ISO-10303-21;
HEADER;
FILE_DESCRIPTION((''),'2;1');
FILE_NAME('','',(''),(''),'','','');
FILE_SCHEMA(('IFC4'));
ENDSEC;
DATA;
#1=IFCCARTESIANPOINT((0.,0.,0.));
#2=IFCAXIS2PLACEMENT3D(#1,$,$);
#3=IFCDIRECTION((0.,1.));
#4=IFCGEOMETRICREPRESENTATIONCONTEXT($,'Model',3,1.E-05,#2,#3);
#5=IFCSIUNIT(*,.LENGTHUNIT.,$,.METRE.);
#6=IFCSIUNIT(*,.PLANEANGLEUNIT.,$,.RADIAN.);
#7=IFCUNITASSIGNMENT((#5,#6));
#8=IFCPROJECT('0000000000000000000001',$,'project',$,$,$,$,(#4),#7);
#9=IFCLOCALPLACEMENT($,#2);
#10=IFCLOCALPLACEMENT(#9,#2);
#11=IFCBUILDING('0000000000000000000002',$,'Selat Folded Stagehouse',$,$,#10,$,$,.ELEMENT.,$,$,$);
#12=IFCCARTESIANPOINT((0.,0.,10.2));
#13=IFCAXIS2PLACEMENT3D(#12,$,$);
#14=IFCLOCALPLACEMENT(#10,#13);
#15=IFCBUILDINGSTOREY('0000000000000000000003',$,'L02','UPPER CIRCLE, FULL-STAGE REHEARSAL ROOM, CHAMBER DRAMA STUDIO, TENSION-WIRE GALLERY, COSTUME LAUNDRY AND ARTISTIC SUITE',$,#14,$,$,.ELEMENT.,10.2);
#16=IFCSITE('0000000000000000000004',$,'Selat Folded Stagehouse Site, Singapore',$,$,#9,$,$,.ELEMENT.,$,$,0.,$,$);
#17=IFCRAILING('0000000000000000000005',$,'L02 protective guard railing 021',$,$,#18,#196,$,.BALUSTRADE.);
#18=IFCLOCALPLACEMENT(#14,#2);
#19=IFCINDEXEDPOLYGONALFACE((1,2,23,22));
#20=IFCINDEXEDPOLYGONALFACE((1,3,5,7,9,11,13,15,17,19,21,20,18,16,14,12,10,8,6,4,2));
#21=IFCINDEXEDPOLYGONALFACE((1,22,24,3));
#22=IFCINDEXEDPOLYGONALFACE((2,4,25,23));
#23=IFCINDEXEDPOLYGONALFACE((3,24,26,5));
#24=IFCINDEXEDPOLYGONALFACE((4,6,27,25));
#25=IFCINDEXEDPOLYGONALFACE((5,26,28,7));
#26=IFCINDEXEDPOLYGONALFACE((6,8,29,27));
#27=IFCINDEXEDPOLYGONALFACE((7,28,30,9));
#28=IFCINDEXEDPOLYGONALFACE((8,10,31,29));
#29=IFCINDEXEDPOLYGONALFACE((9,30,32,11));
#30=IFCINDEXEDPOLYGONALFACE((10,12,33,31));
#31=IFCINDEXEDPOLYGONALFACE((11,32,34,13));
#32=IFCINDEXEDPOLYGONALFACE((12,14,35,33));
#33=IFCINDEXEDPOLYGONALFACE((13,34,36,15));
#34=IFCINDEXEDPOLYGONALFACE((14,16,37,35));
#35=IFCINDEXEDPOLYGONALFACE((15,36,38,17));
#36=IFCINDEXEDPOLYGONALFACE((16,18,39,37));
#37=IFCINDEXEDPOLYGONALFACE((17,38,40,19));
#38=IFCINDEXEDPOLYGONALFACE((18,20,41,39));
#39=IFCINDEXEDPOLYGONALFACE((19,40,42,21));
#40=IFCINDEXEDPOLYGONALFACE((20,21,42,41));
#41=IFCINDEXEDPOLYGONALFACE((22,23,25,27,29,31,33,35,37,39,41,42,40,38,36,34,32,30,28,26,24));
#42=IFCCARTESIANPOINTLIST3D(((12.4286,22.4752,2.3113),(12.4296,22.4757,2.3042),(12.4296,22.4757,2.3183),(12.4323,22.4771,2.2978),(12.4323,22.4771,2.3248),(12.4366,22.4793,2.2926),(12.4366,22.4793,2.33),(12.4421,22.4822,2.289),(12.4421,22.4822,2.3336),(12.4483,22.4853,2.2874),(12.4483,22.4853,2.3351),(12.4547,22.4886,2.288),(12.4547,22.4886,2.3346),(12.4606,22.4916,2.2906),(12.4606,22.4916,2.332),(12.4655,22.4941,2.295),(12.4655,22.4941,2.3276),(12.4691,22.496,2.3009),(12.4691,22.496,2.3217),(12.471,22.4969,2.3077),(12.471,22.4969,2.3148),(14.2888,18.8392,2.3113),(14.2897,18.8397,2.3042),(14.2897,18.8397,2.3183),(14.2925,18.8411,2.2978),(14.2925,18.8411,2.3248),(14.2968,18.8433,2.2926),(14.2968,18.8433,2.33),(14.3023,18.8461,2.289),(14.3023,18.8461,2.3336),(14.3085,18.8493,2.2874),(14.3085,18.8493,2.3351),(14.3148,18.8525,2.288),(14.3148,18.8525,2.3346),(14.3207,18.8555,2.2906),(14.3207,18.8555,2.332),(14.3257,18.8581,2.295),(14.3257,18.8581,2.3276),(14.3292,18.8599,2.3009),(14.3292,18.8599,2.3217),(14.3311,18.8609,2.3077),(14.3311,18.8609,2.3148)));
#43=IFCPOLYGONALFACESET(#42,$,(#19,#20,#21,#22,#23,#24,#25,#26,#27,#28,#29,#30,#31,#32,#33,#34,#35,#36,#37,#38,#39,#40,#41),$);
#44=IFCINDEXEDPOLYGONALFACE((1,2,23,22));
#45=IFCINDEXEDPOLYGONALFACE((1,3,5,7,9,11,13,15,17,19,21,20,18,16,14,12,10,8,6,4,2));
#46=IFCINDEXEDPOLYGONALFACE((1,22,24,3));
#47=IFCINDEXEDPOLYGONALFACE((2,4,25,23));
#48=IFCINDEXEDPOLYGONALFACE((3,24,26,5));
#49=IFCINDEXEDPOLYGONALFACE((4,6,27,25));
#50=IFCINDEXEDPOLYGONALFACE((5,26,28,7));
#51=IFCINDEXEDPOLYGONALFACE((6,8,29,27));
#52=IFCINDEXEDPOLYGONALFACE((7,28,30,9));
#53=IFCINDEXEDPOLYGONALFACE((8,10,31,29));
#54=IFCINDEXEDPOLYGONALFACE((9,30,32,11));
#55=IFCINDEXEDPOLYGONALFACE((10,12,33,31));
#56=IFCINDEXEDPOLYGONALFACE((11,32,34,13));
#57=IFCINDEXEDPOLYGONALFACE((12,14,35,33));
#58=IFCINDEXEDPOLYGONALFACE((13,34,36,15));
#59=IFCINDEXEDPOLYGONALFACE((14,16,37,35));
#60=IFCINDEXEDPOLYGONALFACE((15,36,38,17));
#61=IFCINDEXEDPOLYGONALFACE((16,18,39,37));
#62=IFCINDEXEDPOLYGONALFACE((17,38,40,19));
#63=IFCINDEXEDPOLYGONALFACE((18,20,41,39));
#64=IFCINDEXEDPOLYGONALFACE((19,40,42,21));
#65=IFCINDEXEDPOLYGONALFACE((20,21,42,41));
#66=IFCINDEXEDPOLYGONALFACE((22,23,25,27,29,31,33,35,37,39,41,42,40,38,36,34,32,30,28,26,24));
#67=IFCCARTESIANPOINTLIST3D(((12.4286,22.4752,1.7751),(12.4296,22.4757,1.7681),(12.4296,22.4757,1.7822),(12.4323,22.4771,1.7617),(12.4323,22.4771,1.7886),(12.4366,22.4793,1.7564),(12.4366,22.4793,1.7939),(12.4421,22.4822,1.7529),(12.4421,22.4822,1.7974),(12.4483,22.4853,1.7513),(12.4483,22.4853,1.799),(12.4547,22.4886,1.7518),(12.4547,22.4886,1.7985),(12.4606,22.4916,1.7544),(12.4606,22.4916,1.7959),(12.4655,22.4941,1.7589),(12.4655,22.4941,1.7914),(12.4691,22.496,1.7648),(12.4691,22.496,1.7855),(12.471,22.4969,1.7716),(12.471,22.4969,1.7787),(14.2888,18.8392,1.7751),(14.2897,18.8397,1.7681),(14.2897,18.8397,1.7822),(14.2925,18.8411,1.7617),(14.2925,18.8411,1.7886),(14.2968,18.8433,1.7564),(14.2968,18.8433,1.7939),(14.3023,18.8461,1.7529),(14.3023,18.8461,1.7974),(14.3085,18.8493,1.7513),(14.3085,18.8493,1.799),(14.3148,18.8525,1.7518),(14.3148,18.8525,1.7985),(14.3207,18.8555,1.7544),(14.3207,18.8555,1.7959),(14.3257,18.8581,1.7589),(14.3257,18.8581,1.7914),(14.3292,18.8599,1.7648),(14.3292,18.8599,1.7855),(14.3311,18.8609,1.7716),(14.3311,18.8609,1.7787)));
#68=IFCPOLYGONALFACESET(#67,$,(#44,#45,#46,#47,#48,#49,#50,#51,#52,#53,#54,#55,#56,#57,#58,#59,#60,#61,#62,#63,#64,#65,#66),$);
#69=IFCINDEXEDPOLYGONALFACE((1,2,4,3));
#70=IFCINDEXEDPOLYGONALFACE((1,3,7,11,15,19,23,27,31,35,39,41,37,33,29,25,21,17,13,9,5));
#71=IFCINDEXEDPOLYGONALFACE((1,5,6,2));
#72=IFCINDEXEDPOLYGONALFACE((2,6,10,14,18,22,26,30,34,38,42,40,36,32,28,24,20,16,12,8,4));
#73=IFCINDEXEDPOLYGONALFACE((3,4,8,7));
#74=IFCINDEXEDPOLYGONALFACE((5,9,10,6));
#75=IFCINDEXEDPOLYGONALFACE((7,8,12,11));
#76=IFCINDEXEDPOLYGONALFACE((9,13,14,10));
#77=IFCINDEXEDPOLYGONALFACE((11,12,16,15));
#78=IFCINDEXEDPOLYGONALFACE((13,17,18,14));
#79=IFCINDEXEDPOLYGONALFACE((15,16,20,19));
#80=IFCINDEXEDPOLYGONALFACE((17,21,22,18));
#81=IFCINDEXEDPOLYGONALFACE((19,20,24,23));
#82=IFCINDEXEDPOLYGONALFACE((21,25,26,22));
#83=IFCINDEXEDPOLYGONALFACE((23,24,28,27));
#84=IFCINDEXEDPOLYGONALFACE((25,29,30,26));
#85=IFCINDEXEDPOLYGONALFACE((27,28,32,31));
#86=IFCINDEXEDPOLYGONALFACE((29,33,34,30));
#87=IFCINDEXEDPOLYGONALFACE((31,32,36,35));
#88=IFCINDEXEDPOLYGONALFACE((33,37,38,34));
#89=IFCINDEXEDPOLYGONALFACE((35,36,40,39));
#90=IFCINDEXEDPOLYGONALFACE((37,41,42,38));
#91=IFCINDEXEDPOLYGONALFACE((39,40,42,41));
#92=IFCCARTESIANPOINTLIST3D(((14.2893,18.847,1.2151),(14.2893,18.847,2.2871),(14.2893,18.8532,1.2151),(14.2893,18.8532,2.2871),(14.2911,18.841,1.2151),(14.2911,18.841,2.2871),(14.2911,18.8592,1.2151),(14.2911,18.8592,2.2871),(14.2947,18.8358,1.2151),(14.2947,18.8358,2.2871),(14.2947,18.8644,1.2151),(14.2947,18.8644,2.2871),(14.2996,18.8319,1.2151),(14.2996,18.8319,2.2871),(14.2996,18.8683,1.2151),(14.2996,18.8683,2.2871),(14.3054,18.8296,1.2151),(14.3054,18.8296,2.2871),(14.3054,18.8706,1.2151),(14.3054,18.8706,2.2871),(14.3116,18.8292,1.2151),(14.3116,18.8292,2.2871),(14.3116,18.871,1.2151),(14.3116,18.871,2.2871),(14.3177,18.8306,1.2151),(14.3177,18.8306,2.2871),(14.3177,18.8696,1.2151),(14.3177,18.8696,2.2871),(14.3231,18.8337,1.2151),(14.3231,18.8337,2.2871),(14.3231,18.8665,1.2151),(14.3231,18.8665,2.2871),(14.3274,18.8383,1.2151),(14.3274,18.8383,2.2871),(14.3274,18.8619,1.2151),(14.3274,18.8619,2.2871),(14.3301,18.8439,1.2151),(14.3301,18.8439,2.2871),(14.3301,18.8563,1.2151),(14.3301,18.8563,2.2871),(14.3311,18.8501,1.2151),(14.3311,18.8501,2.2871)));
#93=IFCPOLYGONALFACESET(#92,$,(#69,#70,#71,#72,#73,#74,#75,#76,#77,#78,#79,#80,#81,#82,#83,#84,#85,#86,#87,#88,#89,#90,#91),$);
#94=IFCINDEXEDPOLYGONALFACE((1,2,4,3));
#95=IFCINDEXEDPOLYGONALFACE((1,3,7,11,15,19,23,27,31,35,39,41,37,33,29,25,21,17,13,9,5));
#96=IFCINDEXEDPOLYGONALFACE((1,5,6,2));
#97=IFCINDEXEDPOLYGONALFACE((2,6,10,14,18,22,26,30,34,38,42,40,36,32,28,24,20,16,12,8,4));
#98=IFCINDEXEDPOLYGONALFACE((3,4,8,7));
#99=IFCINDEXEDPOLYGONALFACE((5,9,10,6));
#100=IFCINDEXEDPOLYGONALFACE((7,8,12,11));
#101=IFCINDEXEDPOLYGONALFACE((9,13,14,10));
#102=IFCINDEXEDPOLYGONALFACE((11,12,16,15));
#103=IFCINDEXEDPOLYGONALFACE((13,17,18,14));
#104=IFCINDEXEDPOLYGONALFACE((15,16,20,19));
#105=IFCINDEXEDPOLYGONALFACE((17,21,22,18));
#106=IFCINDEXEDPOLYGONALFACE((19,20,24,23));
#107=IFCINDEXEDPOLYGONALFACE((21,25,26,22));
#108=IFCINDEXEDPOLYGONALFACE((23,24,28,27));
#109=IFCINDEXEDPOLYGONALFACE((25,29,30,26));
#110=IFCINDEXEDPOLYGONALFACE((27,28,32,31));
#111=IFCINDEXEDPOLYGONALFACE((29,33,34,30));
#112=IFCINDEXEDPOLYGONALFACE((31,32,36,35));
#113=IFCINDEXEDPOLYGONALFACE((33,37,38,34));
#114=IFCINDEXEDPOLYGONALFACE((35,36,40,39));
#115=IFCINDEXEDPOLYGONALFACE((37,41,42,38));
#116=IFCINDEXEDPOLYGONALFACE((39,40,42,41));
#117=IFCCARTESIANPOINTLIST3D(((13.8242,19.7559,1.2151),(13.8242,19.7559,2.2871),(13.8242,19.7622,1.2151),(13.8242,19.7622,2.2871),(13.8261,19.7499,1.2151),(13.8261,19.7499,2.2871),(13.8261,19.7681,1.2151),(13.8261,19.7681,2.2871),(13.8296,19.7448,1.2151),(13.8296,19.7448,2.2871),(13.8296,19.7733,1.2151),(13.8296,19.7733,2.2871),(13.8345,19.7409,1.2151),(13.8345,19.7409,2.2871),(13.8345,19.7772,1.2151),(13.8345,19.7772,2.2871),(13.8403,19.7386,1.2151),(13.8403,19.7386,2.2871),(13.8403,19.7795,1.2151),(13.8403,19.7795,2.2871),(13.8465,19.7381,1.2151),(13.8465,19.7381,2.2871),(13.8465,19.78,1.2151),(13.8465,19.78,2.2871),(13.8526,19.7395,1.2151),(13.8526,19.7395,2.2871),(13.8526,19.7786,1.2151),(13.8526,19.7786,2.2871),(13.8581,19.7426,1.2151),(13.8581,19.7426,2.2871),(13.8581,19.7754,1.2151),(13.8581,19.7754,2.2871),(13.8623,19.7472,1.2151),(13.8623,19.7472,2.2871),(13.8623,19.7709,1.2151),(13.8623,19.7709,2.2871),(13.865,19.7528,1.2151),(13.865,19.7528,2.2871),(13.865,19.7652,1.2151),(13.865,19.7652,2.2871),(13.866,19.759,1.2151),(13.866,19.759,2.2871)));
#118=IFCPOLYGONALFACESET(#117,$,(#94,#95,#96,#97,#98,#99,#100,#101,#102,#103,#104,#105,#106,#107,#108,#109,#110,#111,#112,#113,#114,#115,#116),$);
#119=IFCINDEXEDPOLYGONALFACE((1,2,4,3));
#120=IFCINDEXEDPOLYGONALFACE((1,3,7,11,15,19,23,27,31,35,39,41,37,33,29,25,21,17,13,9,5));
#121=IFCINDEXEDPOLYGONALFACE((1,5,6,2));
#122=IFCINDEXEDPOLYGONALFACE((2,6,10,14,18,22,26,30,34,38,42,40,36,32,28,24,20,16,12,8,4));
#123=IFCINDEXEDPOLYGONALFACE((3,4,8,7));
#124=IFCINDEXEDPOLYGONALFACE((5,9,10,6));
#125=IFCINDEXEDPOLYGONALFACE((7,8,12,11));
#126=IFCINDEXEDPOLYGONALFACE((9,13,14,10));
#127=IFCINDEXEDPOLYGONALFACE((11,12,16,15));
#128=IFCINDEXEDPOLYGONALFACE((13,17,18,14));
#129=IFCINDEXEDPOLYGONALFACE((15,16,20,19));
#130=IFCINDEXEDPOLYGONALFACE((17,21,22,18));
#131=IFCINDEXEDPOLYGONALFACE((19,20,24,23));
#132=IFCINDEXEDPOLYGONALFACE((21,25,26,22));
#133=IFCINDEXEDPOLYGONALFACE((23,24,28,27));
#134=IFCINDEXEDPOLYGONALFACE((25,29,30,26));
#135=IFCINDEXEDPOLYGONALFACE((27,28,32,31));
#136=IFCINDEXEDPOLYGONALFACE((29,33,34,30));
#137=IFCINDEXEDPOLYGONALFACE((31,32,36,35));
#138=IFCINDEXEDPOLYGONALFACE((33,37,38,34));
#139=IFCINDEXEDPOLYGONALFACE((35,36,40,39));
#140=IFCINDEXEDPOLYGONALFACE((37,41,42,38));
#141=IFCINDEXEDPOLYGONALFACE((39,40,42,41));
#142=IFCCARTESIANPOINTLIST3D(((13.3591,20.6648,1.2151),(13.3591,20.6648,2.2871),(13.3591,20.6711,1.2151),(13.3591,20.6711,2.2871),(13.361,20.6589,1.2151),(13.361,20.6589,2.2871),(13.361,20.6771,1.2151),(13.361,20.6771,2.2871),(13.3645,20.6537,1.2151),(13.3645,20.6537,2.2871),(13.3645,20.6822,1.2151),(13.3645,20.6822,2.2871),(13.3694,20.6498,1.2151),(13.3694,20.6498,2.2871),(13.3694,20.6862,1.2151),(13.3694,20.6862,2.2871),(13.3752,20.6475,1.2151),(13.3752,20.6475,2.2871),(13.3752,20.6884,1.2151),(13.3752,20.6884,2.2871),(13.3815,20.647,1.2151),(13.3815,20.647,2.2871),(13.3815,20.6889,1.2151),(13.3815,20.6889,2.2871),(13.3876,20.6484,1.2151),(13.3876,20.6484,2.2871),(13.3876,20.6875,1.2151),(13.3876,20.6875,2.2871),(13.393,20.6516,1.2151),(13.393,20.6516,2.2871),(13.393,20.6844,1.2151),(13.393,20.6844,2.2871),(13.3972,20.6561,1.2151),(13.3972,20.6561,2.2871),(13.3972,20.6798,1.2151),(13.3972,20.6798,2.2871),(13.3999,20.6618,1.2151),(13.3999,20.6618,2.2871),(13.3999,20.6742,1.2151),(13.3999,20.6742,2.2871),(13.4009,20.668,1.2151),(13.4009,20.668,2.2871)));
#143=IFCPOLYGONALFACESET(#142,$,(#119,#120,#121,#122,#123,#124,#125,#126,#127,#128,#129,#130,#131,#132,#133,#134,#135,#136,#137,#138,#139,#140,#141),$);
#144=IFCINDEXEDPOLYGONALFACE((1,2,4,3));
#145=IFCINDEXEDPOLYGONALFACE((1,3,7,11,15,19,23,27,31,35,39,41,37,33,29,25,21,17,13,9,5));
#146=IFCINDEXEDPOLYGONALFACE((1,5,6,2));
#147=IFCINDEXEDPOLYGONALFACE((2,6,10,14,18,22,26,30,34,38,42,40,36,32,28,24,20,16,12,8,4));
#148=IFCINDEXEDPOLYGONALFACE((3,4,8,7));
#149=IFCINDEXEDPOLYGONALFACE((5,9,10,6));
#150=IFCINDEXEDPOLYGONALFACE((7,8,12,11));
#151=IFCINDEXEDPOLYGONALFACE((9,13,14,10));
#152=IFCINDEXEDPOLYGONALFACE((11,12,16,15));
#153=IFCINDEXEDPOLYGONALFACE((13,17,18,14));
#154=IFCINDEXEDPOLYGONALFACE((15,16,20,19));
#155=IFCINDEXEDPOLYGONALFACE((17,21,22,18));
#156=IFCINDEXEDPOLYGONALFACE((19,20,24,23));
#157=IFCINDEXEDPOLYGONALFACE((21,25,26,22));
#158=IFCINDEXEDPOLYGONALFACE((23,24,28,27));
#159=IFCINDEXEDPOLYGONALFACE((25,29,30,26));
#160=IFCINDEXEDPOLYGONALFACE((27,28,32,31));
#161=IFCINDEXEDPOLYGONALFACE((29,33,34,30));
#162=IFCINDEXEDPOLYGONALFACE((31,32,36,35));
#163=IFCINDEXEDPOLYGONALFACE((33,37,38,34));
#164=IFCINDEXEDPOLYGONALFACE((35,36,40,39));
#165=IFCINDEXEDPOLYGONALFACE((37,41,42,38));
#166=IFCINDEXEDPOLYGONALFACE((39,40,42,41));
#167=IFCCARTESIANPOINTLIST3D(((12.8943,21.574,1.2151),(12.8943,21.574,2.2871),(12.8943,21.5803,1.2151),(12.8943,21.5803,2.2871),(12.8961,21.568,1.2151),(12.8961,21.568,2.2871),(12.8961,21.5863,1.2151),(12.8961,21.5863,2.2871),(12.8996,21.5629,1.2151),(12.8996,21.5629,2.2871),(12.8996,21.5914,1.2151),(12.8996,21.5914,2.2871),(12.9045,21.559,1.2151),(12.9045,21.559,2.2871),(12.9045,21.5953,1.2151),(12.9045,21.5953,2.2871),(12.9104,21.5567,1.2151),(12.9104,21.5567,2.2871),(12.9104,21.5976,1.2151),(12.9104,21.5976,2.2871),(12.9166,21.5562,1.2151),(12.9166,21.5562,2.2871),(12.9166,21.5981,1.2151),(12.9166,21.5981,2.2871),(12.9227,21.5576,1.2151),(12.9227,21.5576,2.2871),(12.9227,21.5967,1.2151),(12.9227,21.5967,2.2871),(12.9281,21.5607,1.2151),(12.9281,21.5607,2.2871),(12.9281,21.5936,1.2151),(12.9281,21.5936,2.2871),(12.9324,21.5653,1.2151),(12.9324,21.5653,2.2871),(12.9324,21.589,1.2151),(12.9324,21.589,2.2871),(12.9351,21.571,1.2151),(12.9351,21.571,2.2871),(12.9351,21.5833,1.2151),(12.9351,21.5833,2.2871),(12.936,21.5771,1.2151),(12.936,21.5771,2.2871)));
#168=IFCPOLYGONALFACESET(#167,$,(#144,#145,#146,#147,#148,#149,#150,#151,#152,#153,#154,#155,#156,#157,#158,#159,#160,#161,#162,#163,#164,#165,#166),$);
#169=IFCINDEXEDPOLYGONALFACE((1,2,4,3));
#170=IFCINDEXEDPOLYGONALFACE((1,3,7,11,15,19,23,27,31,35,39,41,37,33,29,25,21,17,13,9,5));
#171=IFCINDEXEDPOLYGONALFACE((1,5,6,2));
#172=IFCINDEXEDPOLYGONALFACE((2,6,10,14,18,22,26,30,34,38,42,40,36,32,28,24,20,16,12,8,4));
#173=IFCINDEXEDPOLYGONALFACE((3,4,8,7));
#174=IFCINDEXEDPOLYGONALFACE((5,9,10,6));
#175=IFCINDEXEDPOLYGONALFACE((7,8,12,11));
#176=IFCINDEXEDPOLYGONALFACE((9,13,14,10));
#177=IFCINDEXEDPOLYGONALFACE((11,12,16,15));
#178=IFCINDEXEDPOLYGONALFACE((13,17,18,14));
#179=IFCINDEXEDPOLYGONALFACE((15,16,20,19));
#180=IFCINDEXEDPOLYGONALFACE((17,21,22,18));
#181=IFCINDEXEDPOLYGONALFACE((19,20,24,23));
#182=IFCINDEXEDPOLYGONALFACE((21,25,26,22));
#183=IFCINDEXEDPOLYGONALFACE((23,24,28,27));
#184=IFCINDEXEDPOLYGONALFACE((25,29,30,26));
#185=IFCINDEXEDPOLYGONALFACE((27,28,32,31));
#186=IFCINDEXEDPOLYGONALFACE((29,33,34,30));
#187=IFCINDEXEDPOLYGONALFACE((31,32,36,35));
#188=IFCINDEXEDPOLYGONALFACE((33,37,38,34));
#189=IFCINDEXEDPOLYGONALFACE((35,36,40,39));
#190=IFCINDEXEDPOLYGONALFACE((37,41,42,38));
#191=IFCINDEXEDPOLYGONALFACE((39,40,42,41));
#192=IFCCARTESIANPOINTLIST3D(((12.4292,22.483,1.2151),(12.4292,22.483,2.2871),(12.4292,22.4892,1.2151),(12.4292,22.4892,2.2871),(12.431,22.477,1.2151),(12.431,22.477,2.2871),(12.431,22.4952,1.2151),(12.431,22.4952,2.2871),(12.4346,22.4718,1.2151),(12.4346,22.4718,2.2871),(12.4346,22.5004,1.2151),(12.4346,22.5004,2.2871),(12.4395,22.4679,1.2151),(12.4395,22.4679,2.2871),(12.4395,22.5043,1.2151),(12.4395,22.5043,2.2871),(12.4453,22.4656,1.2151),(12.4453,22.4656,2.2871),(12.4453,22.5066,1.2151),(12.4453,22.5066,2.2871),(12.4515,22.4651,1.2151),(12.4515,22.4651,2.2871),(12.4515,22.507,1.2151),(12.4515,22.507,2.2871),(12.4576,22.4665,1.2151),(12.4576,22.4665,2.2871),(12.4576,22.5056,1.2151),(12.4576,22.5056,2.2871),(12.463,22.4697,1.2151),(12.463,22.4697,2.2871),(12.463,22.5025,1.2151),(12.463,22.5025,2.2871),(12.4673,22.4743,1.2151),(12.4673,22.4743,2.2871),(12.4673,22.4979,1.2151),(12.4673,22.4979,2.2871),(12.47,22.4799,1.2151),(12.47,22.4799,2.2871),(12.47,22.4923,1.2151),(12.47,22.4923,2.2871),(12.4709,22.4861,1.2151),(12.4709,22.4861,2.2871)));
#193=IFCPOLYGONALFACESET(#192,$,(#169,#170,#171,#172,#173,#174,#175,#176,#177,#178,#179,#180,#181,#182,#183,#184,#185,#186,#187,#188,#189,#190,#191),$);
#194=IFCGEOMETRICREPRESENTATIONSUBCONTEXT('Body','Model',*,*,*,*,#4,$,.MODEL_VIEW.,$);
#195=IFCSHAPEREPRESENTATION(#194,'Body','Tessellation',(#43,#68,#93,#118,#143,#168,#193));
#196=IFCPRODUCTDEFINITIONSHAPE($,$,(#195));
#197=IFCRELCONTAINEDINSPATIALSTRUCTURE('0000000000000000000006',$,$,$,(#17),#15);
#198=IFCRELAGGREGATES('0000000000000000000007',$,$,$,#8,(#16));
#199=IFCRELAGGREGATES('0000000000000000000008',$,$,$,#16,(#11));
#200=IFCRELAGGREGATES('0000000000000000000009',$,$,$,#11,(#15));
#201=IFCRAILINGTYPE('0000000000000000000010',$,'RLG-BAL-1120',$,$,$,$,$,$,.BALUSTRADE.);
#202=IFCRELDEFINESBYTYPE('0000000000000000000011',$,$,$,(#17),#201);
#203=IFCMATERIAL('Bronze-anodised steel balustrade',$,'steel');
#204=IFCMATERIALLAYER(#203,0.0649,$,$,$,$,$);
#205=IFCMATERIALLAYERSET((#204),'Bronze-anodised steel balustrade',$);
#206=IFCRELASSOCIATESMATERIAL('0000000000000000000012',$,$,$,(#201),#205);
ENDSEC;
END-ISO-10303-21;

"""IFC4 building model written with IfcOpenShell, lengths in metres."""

from ifc_helpers import new_model, si_unit, direction, frame, origin, origin_2d, place, context, subcontext, project, spatial, circle, extrude, material, layer, layer_set, type_object, element, save


model = new_model("IFC4")

# Units and contexts
model_context = context("Model", 3, precision=1e-05, world=origin(), true_north=direction((0.0, 1.0)))
body_context = subcontext(model_context, "Body", "Model", "MODEL_VIEW")
ifc_project = project(units=[si_unit("LENGTHUNIT", "METRE"), si_unit("PLANEANGLEUNIT", "RADIAN")], contexts=[model_context])

# Site, building, storey
site_placement = place(None, origin())
site = spatial("IfcSite", under=ifc_project, at=site_placement, Name="Selat Folded Stagehouse Site, Singapore", CompositionType="ELEMENT", RefElevation=0.0)
building_placement = place(site_placement, origin())
building = spatial("IfcBuilding", under=site, at=building_placement, Name="Selat Folded Stagehouse", CompositionType="ELEMENT")
storey_placement = place(building_placement, frame((0.0, 0.0, 10.2)))
storey = spatial("IfcBuildingStorey", under=building, at=storey_placement, Name="L02", Description="UPPER CIRCLE, FULL-STAGE REHEARSAL ROOM, CHAMBER DRAMA STUDIO, TENSION-WIRE GALLERY, COSTUME LAUNDRY AND ARTISTIC SUITE", CompositionType="ELEMENT", Elevation=10.2)

# Railing
ifc_material_1 = material(Name="Bronze-anodised steel balustrade", Category="steel")
ifc_layer_1 = layer(ifc_material_1, 0.0649)
ifc_layer_set_1 = layer_set([ifc_layer_1], Name="Bronze-anodised steel balustrade")
railing_type = type_object("IfcRailingType", Name="RLG-BAL-1120", PredefinedType="BALUSTRADE", material=ifc_layer_set_1)
railing_1_placement = place(storey_placement, frame((14.3101, 18.8501, 1.2151)))
element("IfcRailing", 1, at=railing_1_placement, inside=storey, type_object=railing_type, Name="L02 protective guard railing 021", PredefinedType="BALUSTRADE", context=body_context, shape_type="SweptSolid", body=[
    extrude(circle(Radius=0.0239, at=origin_2d()), frame((0.0, 0.0, 1.0962), z_axis=(-0.455444, 0.890265, 0.0), x_axis=(-0.890265, -0.455444, 0.0)), (0.0, 0.0, 1.0), 4.0842),
    extrude(circle(Radius=0.0239, at=origin_2d()), frame((0.0, 0.0, 0.5601), z_axis=(-0.455444, 0.890265, 0.0), x_axis=(-0.890265, -0.455444, 0.0)), (0.0, 0.0, 1.0), 4.0842),
    extrude(circle(Radius=0.021, at=origin_2d()), origin(), (0.0, 0.0, 1.0), 1.072),
    extrude(circle(Radius=0.021, at=origin_2d()), frame((-0.4651, 0.9089, 0.0)), (0.0, 0.0, 1.0), 1.072),
    extrude(circle(Radius=0.021, at=origin_2d()), frame((-0.9302, 1.8179, 0.0)), (0.0, 0.0, 1.0), 1.072),
    extrude(circle(Radius=0.021, at=origin_2d()), frame((-1.395, 2.7271, 0.0)), (0.0, 0.0, 1.0), 1.072),
    extrude(circle(Radius=0.021, at=origin_2d()), frame((-1.8601, 3.636, 0.0)), (0.0, 0.0, 1.0), 1.072),
])

save(model, "model.ifc")
